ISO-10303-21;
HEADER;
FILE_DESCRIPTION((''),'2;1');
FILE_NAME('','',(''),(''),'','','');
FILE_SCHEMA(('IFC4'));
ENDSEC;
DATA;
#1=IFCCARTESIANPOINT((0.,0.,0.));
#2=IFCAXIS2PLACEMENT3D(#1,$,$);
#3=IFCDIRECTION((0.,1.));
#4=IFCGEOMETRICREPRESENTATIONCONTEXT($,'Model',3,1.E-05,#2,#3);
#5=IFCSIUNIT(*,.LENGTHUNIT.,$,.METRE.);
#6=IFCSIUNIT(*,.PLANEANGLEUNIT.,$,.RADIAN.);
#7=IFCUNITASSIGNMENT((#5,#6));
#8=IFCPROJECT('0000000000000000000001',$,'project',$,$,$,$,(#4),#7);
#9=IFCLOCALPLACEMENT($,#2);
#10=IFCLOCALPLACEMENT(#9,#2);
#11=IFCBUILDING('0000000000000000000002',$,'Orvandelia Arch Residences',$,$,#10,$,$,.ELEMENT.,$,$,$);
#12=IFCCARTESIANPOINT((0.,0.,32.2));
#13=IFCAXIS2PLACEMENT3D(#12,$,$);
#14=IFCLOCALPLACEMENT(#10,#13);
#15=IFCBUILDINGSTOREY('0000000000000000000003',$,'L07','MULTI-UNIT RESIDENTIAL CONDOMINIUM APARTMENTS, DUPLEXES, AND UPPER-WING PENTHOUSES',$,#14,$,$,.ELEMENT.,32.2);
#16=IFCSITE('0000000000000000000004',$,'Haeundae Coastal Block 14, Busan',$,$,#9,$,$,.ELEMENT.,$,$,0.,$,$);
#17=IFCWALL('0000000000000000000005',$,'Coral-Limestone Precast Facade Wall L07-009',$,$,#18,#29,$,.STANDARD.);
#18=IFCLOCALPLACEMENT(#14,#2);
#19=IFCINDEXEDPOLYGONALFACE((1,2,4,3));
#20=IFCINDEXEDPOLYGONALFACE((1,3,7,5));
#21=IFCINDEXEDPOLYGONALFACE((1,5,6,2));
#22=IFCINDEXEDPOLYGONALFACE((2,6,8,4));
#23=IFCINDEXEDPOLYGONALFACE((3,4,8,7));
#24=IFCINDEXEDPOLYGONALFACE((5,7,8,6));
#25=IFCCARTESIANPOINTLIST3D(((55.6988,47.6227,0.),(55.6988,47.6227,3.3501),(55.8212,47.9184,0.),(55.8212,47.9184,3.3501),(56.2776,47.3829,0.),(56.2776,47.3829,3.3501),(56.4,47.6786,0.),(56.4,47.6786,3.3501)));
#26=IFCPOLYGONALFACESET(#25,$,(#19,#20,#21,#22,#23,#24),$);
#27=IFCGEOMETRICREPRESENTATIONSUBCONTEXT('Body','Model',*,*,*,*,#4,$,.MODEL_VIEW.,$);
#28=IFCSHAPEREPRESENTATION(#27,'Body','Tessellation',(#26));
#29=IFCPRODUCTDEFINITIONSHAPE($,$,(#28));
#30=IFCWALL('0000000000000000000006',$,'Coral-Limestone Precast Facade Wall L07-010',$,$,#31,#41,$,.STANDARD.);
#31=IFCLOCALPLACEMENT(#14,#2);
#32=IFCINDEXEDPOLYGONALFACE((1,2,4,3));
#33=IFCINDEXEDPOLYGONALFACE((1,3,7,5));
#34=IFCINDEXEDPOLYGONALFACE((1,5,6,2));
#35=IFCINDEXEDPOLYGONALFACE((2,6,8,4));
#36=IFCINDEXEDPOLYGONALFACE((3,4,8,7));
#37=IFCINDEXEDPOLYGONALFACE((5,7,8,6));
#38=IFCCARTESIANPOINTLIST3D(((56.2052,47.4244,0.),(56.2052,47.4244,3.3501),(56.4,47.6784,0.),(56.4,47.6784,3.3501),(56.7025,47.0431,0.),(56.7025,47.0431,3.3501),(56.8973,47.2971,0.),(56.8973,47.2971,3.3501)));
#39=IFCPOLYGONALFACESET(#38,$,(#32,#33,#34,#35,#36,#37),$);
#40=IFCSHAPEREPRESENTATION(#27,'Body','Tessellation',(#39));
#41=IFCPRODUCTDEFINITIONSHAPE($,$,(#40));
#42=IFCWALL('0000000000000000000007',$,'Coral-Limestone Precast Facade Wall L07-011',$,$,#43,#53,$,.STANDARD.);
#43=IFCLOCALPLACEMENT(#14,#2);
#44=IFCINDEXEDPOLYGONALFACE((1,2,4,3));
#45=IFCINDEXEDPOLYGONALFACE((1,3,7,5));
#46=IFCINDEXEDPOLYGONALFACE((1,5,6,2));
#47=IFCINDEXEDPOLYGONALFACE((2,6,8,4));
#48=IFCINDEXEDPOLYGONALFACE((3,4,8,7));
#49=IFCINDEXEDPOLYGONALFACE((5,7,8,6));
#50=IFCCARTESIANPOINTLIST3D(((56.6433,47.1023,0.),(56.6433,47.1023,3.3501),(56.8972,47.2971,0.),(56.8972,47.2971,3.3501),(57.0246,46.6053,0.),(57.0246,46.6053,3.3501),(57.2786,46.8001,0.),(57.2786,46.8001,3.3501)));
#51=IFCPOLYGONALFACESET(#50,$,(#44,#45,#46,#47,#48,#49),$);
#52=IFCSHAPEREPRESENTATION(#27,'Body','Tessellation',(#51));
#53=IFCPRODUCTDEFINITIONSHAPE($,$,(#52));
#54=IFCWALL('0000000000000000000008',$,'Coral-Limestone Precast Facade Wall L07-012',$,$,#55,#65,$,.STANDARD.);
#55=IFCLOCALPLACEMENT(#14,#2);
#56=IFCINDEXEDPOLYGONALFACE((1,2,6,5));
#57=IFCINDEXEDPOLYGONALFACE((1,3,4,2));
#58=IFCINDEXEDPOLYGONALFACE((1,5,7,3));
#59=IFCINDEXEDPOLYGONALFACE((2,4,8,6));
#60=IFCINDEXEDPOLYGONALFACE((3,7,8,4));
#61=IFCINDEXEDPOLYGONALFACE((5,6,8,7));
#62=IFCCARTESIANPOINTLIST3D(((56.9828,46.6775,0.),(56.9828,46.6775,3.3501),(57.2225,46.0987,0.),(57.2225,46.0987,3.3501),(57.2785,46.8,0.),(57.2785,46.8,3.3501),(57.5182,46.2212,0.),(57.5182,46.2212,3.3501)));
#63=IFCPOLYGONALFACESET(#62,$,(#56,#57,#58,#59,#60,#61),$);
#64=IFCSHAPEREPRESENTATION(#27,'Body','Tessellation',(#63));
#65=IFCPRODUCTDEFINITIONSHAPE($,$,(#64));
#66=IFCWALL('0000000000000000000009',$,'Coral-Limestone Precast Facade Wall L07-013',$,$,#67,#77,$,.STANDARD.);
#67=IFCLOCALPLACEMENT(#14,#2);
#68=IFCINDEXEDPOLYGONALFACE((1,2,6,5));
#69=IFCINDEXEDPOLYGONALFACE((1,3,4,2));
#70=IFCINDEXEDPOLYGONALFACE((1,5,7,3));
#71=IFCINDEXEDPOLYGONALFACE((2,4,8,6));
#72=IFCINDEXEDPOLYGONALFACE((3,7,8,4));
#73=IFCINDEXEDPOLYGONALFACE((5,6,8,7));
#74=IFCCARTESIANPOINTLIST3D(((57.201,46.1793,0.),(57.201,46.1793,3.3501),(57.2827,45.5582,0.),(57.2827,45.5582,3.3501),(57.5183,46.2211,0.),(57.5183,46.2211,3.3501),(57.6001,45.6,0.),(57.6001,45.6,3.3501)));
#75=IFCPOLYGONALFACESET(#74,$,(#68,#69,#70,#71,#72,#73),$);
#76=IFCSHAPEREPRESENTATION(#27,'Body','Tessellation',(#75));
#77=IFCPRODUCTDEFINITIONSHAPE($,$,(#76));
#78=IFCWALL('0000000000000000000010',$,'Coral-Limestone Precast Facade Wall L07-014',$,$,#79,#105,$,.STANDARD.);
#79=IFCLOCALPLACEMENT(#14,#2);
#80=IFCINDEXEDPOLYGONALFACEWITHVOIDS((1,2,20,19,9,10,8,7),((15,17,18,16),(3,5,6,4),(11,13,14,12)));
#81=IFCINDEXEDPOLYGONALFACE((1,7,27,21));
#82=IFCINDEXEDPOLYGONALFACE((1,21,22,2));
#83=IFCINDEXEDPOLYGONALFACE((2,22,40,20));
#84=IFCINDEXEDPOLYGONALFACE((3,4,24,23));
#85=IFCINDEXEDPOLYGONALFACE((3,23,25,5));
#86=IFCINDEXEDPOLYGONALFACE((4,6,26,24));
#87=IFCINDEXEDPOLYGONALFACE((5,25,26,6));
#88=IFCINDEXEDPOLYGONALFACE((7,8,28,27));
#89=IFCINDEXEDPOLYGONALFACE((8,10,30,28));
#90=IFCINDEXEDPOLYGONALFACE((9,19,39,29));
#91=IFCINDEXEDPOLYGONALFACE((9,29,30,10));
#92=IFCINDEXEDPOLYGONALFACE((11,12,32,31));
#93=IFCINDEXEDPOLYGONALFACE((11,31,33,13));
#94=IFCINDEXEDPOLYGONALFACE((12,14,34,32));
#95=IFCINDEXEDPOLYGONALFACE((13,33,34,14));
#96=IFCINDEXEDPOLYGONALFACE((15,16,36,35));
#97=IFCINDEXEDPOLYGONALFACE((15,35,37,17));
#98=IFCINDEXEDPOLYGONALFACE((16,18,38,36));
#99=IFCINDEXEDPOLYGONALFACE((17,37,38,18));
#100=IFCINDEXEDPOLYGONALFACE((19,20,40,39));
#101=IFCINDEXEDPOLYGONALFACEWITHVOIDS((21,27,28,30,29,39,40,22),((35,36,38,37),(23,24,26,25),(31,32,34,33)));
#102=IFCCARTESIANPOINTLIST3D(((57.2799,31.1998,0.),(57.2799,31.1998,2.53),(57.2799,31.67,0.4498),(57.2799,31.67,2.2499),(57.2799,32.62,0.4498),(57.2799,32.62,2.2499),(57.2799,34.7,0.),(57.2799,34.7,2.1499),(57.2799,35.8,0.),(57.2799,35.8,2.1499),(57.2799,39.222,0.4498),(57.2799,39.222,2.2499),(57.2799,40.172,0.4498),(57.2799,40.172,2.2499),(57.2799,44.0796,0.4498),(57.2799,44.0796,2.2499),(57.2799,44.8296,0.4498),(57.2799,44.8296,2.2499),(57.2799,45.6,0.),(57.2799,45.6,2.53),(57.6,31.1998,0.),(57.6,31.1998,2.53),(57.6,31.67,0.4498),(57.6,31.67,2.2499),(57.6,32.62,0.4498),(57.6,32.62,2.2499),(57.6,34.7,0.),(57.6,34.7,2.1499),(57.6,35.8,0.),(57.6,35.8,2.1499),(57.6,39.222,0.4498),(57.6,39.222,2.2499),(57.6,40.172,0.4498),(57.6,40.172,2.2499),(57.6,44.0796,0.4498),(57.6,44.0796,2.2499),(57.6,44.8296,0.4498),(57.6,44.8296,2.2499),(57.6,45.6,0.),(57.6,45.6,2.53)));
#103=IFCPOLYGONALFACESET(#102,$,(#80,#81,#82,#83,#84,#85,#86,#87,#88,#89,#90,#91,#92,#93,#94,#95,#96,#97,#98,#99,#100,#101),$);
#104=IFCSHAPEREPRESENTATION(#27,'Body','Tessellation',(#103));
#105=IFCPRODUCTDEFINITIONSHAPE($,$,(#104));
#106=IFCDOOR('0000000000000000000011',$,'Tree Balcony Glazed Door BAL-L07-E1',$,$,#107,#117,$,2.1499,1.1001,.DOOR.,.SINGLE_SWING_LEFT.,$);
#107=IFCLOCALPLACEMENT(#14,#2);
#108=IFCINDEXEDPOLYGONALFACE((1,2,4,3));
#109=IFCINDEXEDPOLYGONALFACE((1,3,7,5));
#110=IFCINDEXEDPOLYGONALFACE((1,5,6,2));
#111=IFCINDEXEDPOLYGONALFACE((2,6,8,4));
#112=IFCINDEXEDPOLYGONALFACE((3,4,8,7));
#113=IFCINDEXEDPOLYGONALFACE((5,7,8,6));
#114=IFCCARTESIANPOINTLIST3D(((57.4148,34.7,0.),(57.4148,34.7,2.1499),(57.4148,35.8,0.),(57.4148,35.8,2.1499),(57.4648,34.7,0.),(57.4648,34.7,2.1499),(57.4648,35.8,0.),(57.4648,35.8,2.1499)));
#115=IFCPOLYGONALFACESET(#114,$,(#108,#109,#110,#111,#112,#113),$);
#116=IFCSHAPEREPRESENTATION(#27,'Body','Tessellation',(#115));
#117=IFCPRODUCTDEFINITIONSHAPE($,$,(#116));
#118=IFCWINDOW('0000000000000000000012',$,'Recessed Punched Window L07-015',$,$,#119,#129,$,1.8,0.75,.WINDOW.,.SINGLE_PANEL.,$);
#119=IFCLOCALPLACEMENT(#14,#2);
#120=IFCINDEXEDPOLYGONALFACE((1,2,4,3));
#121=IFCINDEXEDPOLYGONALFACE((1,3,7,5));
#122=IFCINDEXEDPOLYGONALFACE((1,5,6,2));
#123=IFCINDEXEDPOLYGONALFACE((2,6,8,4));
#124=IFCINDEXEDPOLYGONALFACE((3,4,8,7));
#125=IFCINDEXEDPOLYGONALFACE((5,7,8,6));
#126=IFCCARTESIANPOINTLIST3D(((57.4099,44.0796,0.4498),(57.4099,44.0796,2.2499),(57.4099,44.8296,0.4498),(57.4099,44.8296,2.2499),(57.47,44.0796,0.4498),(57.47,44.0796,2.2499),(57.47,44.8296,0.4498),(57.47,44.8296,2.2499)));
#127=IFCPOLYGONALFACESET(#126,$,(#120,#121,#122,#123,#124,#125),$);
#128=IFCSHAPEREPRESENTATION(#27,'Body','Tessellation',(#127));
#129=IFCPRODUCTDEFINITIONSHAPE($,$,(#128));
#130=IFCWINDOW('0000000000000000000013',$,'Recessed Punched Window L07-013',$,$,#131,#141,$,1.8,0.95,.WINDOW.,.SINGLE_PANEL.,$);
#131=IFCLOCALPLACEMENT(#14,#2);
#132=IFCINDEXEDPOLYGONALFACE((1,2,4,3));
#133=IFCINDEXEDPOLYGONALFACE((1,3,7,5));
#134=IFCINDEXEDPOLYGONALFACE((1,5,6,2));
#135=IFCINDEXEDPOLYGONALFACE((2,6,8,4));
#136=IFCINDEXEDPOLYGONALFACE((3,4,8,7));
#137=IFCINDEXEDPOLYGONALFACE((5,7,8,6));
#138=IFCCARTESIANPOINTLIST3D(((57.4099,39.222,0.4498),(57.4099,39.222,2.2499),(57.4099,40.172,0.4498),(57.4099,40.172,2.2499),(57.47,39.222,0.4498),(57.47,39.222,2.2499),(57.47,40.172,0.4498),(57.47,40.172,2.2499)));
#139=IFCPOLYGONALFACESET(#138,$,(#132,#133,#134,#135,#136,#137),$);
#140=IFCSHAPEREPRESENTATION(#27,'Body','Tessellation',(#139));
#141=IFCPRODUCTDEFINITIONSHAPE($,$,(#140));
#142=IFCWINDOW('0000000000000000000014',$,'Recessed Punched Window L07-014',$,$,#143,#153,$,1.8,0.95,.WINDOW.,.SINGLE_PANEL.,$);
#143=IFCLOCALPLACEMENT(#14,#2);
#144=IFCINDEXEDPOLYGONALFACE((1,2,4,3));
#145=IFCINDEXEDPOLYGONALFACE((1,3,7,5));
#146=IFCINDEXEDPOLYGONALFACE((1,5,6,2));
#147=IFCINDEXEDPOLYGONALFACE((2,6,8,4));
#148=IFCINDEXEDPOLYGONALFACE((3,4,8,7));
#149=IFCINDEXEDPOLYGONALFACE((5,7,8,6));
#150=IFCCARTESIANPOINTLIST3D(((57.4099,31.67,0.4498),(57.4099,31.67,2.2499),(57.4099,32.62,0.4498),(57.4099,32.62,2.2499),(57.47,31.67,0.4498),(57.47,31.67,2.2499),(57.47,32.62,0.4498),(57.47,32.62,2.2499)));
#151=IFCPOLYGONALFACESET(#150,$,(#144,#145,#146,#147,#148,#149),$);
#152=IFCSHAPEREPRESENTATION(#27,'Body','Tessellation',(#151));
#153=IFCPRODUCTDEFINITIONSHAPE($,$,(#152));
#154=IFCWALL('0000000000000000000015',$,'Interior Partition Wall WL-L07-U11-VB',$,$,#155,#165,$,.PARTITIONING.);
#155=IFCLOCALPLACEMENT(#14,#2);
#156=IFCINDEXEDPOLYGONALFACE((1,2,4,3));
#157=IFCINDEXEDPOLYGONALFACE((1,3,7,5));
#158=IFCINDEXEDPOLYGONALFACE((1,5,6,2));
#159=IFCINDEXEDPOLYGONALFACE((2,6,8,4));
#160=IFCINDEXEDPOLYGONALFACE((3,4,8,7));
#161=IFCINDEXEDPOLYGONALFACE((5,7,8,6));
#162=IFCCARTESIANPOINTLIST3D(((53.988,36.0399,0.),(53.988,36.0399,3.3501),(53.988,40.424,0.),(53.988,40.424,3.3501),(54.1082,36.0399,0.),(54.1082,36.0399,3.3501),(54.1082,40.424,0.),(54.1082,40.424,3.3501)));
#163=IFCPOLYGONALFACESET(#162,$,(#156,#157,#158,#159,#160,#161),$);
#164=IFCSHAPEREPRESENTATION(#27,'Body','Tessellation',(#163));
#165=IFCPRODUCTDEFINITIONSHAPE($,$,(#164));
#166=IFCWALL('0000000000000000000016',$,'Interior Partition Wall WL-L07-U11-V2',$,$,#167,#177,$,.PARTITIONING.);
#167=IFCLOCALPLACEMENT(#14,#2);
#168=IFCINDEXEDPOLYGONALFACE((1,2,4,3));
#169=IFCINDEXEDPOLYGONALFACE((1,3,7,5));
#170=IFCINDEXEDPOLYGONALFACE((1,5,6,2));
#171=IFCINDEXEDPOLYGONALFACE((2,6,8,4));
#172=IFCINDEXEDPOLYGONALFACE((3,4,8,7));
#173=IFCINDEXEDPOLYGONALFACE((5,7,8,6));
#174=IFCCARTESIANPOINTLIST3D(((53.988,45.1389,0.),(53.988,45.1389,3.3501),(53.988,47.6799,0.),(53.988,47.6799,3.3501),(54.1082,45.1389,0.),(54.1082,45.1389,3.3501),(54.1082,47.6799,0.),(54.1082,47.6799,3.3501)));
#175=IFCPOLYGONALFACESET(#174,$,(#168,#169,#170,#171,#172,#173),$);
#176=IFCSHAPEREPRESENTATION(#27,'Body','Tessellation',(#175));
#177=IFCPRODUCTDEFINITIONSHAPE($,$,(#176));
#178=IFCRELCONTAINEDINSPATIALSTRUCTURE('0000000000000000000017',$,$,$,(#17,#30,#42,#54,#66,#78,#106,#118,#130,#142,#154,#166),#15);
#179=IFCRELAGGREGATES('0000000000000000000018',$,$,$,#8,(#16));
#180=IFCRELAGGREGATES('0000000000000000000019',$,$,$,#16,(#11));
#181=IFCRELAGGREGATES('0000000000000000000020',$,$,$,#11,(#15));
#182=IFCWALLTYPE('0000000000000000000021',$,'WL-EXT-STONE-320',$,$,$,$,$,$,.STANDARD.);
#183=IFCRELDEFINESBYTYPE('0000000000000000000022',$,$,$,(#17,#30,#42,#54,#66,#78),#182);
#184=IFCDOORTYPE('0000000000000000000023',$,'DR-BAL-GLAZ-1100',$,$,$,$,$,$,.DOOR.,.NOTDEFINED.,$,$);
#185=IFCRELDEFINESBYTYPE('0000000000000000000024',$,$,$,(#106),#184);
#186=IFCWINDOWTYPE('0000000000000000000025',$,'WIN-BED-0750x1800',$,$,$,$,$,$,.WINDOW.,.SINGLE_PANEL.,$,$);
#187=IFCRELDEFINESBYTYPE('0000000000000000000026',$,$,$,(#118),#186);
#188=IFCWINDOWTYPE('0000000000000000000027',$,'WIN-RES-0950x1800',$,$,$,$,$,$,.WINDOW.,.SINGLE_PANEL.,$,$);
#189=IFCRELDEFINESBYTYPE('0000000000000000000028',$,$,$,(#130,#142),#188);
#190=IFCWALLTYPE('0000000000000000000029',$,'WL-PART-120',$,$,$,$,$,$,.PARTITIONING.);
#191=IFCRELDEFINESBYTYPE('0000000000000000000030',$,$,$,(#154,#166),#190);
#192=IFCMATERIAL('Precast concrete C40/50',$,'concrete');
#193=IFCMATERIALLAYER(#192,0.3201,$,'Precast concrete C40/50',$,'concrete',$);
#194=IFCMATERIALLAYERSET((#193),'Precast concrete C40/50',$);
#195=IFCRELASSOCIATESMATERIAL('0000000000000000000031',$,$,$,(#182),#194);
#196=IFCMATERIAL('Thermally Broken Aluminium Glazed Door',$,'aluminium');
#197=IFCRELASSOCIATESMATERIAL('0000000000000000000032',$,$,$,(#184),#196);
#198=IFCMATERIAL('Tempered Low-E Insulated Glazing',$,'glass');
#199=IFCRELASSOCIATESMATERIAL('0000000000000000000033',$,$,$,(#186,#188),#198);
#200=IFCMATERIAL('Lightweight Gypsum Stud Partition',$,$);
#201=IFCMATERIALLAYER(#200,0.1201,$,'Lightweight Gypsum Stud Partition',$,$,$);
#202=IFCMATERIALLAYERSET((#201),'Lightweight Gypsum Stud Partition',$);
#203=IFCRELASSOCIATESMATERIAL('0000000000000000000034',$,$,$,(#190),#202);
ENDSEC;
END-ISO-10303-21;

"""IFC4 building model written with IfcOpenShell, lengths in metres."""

from ifc_helpers import new_model, si_unit, direction, frame, frame_2d, origin, place, context, subcontext, project, spatial, rectangle, extrude, material, layer, layer_set, type_object, element, fill, save


model = new_model("IFC4")

# Units and contexts
model_context = context("Model", 3, precision=1e-05, world=origin(), true_north=direction((0.0, 1.0)))
body_context = subcontext(model_context, "Body", "Model", "MODEL_VIEW")
ifc_project = project(units=[si_unit("LENGTHUNIT", "METRE"), si_unit("PLANEANGLEUNIT", "RADIAN")], contexts=[model_context])

# Site, building, storey
site_placement = place(None, origin())
site = spatial("IfcSite", under=ifc_project, at=site_placement, Name="Haeundae Coastal Block 14, Busan", CompositionType="ELEMENT", RefElevation=0.0)
building_placement = place(site_placement, origin())
building = spatial("IfcBuilding", under=site, at=building_placement, Name="Orvandelia Arch Residences", CompositionType="ELEMENT")
storey_placement = place(building_placement, frame((0.0, 0.0, 32.2)))
storey = spatial("IfcBuildingStorey", under=building, at=storey_placement, Name="L07", Description="MULTI-UNIT RESIDENTIAL CONDOMINIUM APARTMENTS, DUPLEXES, AND UPPER-WING PENTHOUSES", CompositionType="ELEMENT", Elevation=32.2)

# Walls
ifc_material_1 = material(Name="Precast concrete C40/50", Category="concrete")
ifc_layer_1 = layer(ifc_material_1, 0.3201, Name="Precast concrete C40/50", Category="concrete")
ifc_layer_set_1 = layer_set([ifc_layer_1], Name="Precast concrete C40/50")
wall_type_1 = type_object("IfcWallType", Name="WL-EXT-STONE-320", PredefinedType="STANDARD", material=ifc_layer_set_1)
for number, where, z_axis, x_axis, name in (
    (1, (55.76, 47.7705, 0.0), (0.0, 0.0, 1.0), (0.923893, -0.38265, 0.0), "Coral-Limestone Precast Facade Wall L07-009"),
):
    element("IfcWall", number, at=place(storey_placement, frame(where, z_axis=z_axis, x_axis=x_axis)), inside=storey, type_object=wall_type_1, Name=name, PredefinedType="STANDARD", context=body_context, shape_type="SweptSolid", body=[
        extrude(rectangle(XDim=0.6265, YDim=0.3201, at=frame_2d((0.3132, 0.0))), origin(), (0.0, 0.0, 1.0), 3.3501),
    ])
wall_1_placement = place(storey_placement, frame((56.3025, 47.5515, 0.0), z_axis=(0.0, 0.0, 1.0), x_axis=(0.79355, -0.608505, 0.0)))
element("IfcWall", 2, at=wall_1_placement, inside=storey, type_object=wall_type_1, Name="Coral-Limestone Precast Facade Wall L07-010", PredefinedType="STANDARD", context=body_context, shape_type="SweptSolid", body=[
    extrude(rectangle(XDim=0.6267, YDim=0.3201, at=frame_2d((0.3135, 0.0))), origin(), (0.0, 0.0, 1.0), 3.3501),
])
for number, where, z_axis, x_axis, name in (
    (3, (56.7703, 47.1997, 0.0), (0.0, 0.0, 1.0), (0.608693, -0.793406, 0.0), "Coral-Limestone Precast Facade Wall L07-011"),
    (4, (57.1306, 46.7388, 0.0), (0.0, 0.0, 1.0), (0.38265, -0.923893, 0.0), "Coral-Limestone Precast Facade Wall L07-012"),
    (5, (57.3596, 46.2002, 0.0), (0.0, 0.0, 1.0), (0.130555, -0.991441, 0.0), "Coral-Limestone Precast Facade Wall L07-013"),
):
    element("IfcWall", number, at=place(storey_placement, frame(where, z_axis=z_axis, x_axis=x_axis)), inside=storey, type_object=wall_type_1, Name=name, PredefinedType="STANDARD", context=body_context, shape_type="SweptSolid", body=[
        extrude(rectangle(XDim=0.6265, YDim=0.3201, at=frame_2d((0.3132, 0.0))), origin(), (0.0, 0.0, 1.0), 3.3501),
    ])

# Wall, openings, door, windows
wall_2_placement = place(storey_placement, frame((57.4399, 45.6001, 0.0), z_axis=(0.0, 0.0, 1.0), x_axis=(0.0, -1.0, 0.0)))
wall_2 = element("IfcWall", 6, at=wall_2_placement, inside=storey, type_object=wall_type_1, Name="Coral-Limestone Precast Facade Wall L07-014", PredefinedType="STANDARD", context=body_context, shape_type="SweptSolid", body=[
    extrude(rectangle(XDim=14.4001, YDim=0.3201, at=frame_2d((7.2002, 0.0))), origin(), (0.0, 0.0, 1.0), 2.53),
])
opening_1_placement = place(wall_2_placement, frame((9.8, 0.0, 0.0)))
opening_1 = element("IfcOpeningElement", 7, at=opening_1_placement, cuts=wall_2, PredefinedType="OPENING", context=body_context, shape_type="SweptSolid", body=[
    extrude(rectangle(XDim=1.1001, YDim=2.1499, at=frame_2d((0.55, 1.075))), frame((0.0, 0.1699, 0.0), z_axis=(0.0, -1.0, 0.0), x_axis=(1.0, 0.0, 0.0)), (0.0, 0.0, 1.0), 0.3401),
])
opening_2_placement = place(wall_2_placement, frame((5.428, 0.0, 0.45)))
opening_2 = element("IfcOpeningElement", 8, at=opening_2_placement, cuts=wall_2, PredefinedType="OPENING", context=body_context, shape_type="SweptSolid", body=[
    extrude(rectangle(XDim=0.95, YDim=1.8, at=frame_2d((0.4751, 0.8999))), frame((0.0, 0.1699, 0.0), z_axis=(0.0, -1.0, 0.0), x_axis=(1.0, 0.0, 0.0)), (0.0, 0.0, 1.0), 0.3401),
])
opening_3_placement = place(wall_2_placement, frame((12.98, 0.0, 0.45)))
opening_3 = element("IfcOpeningElement", 9, at=opening_3_placement, cuts=wall_2, PredefinedType="OPENING", context=body_context, shape_type="SweptSolid", body=[
    extrude(rectangle(XDim=0.95, YDim=1.8, at=frame_2d((0.4751, 0.8999))), frame((0.0, 0.1699, 0.0), z_axis=(0.0, -1.0, 0.0), x_axis=(1.0, 0.0, 0.0)), (0.0, 0.0, 1.0), 0.3401),
])
opening_4_placement = place(wall_2_placement, frame((0.7705, 0.0, 0.45)))
opening_4 = element("IfcOpeningElement", 10, at=opening_4_placement, cuts=wall_2, PredefinedType="OPENING", context=body_context, shape_type="SweptSolid", body=[
    extrude(rectangle(XDim=0.75, YDim=1.8, at=frame_2d((0.375, 0.8999))), frame((0.0, 0.1699, 0.0), z_axis=(0.0, -1.0, 0.0), x_axis=(1.0, 0.0, 0.0)), (0.0, 0.0, 1.0), 0.3401),
])
ifc_material_2 = material(Name="Thermally Broken Aluminium Glazed Door", Category="aluminium")
door_type = type_object("IfcDoorType", Name="DR-BAL-GLAZ-1100", OperationType="NOTDEFINED", PredefinedType="DOOR", material=ifc_material_2)
door_placement = place(opening_1_placement, origin())
door = element("IfcDoor", 11, at=door_placement, inside=storey, type_object=door_type, Name="Tree Balcony Glazed Door BAL-L07-E1", OperationType="SINGLE_SWING_LEFT", OverallHeight=2.1499, OverallWidth=1.1001, PredefinedType="DOOR", context=body_context, shape_type="SweptSolid", body=[
    extrude(rectangle(XDim=1.1001, YDim=2.1499, at=frame_2d((0.55, 1.075))), frame((0.0, 0.0249, 0.0), z_axis=(0.0, -1.0, 0.0), x_axis=(1.0, 0.0, 0.0)), (0.0, 0.0, 1.0), 0.05),
])
fill(opening_1, door)
ifc_material_3 = material(Name="Tempered Low-E Insulated Glazing", Category="glass")
window_type_1 = type_object("IfcWindowType", Name="WIN-BED-0750x1800", PartitioningType="SINGLE_PANEL", PredefinedType="WINDOW", material=ifc_material_3)
window_1_placement = place(opening_4_placement, origin())
window_1 = element("IfcWindow", 12, at=window_1_placement, inside=storey, type_object=window_type_1, Name="Recessed Punched Window L07-015", OverallHeight=1.8, OverallWidth=0.75, PartitioningType="SINGLE_PANEL", PredefinedType="WINDOW", context=body_context, shape_type="SweptSolid", body=[
    extrude(rectangle(XDim=0.75, YDim=1.8, at=frame_2d((0.375, 0.8999))), frame((0.0, 0.03, 0.0), z_axis=(0.0, -1.0, 0.0), x_axis=(1.0, 0.0, 0.0)), (0.0, 0.0, 1.0), 0.0601),
])
fill(opening_4, window_1)
window_type_2 = type_object("IfcWindowType", Name="WIN-RES-0950x1800", PartitioningType="SINGLE_PANEL", PredefinedType="WINDOW", material=ifc_material_3)
window_2_placement = place(opening_2_placement, origin())
window_2 = element("IfcWindow", 13, at=window_2_placement, inside=storey, type_object=window_type_2, Name="Recessed Punched Window L07-013", OverallHeight=1.8, OverallWidth=0.95, PartitioningType="SINGLE_PANEL", PredefinedType="WINDOW", context=body_context, shape_type="SweptSolid", body=[
    extrude(rectangle(XDim=0.95, YDim=1.8, at=frame_2d((0.4751, 0.8999))), frame((0.0, 0.03, 0.0), z_axis=(0.0, -1.0, 0.0), x_axis=(1.0, 0.0, 0.0)), (0.0, 0.0, 1.0), 0.0601),
])
fill(opening_2, window_2)
window_3_placement = place(opening_3_placement, origin())
window_3 = element("IfcWindow", 14, at=window_3_placement, inside=storey, type_object=window_type_2, Name="Recessed Punched Window L07-014", OverallHeight=1.8, OverallWidth=0.95, PartitioningType="SINGLE_PANEL", PredefinedType="WINDOW", context=body_context, shape_type="SweptSolid", body=[
    extrude(rectangle(XDim=0.95, YDim=1.8, at=frame_2d((0.4751, 0.8999))), frame((0.0, 0.03, 0.0), z_axis=(0.0, -1.0, 0.0), x_axis=(1.0, 0.0, 0.0)), (0.0, 0.0, 1.0), 0.0601),
])
fill(opening_3, window_3)

# Walls
ifc_material_4 = material(Name="Lightweight Gypsum Stud Partition")
ifc_layer_2 = layer(ifc_material_4, 0.1201, Name="Lightweight Gypsum Stud Partition")
ifc_layer_set_2 = layer_set([ifc_layer_2], Name="Lightweight Gypsum Stud Partition")
wall_type_2 = type_object("IfcWallType", Name="WL-PART-120", PredefinedType="PARTITIONING", material=ifc_layer_set_2)
wall_3_placement = place(storey_placement, frame((54.0481, 36.04, 0.0), z_axis=(0.0, 0.0, 1.0), x_axis=(0.0, 1.0, 0.0)))
element("IfcWall", 15, at=wall_3_placement, inside=storey, type_object=wall_type_2, Name="Interior Partition Wall WL-L07-U11-VB", PredefinedType="PARTITIONING", context=body_context, shape_type="SweptSolid", body=[
    extrude(rectangle(XDim=4.384, YDim=0.1201, at=frame_2d((2.1919, 0.0))), origin(), (0.0, 0.0, 1.0), 3.3501),
])
wall_4_placement = place(storey_placement, frame((54.0481, 45.1389, 0.0), z_axis=(0.0, 0.0, 1.0), x_axis=(0.0, 1.0, 0.0)))
element("IfcWall", 16, at=wall_4_placement, inside=storey, type_object=wall_type_2, Name="Interior Partition Wall WL-L07-U11-V2", PredefinedType="PARTITIONING", context=body_context, shape_type="SweptSolid", body=[
    extrude(rectangle(XDim=2.541, YDim=0.1201, at=frame_2d((1.2705, 0.0))), origin(), (0.0, 0.0, 1.0), 3.3501),
])

save(model, "model.ifc")
